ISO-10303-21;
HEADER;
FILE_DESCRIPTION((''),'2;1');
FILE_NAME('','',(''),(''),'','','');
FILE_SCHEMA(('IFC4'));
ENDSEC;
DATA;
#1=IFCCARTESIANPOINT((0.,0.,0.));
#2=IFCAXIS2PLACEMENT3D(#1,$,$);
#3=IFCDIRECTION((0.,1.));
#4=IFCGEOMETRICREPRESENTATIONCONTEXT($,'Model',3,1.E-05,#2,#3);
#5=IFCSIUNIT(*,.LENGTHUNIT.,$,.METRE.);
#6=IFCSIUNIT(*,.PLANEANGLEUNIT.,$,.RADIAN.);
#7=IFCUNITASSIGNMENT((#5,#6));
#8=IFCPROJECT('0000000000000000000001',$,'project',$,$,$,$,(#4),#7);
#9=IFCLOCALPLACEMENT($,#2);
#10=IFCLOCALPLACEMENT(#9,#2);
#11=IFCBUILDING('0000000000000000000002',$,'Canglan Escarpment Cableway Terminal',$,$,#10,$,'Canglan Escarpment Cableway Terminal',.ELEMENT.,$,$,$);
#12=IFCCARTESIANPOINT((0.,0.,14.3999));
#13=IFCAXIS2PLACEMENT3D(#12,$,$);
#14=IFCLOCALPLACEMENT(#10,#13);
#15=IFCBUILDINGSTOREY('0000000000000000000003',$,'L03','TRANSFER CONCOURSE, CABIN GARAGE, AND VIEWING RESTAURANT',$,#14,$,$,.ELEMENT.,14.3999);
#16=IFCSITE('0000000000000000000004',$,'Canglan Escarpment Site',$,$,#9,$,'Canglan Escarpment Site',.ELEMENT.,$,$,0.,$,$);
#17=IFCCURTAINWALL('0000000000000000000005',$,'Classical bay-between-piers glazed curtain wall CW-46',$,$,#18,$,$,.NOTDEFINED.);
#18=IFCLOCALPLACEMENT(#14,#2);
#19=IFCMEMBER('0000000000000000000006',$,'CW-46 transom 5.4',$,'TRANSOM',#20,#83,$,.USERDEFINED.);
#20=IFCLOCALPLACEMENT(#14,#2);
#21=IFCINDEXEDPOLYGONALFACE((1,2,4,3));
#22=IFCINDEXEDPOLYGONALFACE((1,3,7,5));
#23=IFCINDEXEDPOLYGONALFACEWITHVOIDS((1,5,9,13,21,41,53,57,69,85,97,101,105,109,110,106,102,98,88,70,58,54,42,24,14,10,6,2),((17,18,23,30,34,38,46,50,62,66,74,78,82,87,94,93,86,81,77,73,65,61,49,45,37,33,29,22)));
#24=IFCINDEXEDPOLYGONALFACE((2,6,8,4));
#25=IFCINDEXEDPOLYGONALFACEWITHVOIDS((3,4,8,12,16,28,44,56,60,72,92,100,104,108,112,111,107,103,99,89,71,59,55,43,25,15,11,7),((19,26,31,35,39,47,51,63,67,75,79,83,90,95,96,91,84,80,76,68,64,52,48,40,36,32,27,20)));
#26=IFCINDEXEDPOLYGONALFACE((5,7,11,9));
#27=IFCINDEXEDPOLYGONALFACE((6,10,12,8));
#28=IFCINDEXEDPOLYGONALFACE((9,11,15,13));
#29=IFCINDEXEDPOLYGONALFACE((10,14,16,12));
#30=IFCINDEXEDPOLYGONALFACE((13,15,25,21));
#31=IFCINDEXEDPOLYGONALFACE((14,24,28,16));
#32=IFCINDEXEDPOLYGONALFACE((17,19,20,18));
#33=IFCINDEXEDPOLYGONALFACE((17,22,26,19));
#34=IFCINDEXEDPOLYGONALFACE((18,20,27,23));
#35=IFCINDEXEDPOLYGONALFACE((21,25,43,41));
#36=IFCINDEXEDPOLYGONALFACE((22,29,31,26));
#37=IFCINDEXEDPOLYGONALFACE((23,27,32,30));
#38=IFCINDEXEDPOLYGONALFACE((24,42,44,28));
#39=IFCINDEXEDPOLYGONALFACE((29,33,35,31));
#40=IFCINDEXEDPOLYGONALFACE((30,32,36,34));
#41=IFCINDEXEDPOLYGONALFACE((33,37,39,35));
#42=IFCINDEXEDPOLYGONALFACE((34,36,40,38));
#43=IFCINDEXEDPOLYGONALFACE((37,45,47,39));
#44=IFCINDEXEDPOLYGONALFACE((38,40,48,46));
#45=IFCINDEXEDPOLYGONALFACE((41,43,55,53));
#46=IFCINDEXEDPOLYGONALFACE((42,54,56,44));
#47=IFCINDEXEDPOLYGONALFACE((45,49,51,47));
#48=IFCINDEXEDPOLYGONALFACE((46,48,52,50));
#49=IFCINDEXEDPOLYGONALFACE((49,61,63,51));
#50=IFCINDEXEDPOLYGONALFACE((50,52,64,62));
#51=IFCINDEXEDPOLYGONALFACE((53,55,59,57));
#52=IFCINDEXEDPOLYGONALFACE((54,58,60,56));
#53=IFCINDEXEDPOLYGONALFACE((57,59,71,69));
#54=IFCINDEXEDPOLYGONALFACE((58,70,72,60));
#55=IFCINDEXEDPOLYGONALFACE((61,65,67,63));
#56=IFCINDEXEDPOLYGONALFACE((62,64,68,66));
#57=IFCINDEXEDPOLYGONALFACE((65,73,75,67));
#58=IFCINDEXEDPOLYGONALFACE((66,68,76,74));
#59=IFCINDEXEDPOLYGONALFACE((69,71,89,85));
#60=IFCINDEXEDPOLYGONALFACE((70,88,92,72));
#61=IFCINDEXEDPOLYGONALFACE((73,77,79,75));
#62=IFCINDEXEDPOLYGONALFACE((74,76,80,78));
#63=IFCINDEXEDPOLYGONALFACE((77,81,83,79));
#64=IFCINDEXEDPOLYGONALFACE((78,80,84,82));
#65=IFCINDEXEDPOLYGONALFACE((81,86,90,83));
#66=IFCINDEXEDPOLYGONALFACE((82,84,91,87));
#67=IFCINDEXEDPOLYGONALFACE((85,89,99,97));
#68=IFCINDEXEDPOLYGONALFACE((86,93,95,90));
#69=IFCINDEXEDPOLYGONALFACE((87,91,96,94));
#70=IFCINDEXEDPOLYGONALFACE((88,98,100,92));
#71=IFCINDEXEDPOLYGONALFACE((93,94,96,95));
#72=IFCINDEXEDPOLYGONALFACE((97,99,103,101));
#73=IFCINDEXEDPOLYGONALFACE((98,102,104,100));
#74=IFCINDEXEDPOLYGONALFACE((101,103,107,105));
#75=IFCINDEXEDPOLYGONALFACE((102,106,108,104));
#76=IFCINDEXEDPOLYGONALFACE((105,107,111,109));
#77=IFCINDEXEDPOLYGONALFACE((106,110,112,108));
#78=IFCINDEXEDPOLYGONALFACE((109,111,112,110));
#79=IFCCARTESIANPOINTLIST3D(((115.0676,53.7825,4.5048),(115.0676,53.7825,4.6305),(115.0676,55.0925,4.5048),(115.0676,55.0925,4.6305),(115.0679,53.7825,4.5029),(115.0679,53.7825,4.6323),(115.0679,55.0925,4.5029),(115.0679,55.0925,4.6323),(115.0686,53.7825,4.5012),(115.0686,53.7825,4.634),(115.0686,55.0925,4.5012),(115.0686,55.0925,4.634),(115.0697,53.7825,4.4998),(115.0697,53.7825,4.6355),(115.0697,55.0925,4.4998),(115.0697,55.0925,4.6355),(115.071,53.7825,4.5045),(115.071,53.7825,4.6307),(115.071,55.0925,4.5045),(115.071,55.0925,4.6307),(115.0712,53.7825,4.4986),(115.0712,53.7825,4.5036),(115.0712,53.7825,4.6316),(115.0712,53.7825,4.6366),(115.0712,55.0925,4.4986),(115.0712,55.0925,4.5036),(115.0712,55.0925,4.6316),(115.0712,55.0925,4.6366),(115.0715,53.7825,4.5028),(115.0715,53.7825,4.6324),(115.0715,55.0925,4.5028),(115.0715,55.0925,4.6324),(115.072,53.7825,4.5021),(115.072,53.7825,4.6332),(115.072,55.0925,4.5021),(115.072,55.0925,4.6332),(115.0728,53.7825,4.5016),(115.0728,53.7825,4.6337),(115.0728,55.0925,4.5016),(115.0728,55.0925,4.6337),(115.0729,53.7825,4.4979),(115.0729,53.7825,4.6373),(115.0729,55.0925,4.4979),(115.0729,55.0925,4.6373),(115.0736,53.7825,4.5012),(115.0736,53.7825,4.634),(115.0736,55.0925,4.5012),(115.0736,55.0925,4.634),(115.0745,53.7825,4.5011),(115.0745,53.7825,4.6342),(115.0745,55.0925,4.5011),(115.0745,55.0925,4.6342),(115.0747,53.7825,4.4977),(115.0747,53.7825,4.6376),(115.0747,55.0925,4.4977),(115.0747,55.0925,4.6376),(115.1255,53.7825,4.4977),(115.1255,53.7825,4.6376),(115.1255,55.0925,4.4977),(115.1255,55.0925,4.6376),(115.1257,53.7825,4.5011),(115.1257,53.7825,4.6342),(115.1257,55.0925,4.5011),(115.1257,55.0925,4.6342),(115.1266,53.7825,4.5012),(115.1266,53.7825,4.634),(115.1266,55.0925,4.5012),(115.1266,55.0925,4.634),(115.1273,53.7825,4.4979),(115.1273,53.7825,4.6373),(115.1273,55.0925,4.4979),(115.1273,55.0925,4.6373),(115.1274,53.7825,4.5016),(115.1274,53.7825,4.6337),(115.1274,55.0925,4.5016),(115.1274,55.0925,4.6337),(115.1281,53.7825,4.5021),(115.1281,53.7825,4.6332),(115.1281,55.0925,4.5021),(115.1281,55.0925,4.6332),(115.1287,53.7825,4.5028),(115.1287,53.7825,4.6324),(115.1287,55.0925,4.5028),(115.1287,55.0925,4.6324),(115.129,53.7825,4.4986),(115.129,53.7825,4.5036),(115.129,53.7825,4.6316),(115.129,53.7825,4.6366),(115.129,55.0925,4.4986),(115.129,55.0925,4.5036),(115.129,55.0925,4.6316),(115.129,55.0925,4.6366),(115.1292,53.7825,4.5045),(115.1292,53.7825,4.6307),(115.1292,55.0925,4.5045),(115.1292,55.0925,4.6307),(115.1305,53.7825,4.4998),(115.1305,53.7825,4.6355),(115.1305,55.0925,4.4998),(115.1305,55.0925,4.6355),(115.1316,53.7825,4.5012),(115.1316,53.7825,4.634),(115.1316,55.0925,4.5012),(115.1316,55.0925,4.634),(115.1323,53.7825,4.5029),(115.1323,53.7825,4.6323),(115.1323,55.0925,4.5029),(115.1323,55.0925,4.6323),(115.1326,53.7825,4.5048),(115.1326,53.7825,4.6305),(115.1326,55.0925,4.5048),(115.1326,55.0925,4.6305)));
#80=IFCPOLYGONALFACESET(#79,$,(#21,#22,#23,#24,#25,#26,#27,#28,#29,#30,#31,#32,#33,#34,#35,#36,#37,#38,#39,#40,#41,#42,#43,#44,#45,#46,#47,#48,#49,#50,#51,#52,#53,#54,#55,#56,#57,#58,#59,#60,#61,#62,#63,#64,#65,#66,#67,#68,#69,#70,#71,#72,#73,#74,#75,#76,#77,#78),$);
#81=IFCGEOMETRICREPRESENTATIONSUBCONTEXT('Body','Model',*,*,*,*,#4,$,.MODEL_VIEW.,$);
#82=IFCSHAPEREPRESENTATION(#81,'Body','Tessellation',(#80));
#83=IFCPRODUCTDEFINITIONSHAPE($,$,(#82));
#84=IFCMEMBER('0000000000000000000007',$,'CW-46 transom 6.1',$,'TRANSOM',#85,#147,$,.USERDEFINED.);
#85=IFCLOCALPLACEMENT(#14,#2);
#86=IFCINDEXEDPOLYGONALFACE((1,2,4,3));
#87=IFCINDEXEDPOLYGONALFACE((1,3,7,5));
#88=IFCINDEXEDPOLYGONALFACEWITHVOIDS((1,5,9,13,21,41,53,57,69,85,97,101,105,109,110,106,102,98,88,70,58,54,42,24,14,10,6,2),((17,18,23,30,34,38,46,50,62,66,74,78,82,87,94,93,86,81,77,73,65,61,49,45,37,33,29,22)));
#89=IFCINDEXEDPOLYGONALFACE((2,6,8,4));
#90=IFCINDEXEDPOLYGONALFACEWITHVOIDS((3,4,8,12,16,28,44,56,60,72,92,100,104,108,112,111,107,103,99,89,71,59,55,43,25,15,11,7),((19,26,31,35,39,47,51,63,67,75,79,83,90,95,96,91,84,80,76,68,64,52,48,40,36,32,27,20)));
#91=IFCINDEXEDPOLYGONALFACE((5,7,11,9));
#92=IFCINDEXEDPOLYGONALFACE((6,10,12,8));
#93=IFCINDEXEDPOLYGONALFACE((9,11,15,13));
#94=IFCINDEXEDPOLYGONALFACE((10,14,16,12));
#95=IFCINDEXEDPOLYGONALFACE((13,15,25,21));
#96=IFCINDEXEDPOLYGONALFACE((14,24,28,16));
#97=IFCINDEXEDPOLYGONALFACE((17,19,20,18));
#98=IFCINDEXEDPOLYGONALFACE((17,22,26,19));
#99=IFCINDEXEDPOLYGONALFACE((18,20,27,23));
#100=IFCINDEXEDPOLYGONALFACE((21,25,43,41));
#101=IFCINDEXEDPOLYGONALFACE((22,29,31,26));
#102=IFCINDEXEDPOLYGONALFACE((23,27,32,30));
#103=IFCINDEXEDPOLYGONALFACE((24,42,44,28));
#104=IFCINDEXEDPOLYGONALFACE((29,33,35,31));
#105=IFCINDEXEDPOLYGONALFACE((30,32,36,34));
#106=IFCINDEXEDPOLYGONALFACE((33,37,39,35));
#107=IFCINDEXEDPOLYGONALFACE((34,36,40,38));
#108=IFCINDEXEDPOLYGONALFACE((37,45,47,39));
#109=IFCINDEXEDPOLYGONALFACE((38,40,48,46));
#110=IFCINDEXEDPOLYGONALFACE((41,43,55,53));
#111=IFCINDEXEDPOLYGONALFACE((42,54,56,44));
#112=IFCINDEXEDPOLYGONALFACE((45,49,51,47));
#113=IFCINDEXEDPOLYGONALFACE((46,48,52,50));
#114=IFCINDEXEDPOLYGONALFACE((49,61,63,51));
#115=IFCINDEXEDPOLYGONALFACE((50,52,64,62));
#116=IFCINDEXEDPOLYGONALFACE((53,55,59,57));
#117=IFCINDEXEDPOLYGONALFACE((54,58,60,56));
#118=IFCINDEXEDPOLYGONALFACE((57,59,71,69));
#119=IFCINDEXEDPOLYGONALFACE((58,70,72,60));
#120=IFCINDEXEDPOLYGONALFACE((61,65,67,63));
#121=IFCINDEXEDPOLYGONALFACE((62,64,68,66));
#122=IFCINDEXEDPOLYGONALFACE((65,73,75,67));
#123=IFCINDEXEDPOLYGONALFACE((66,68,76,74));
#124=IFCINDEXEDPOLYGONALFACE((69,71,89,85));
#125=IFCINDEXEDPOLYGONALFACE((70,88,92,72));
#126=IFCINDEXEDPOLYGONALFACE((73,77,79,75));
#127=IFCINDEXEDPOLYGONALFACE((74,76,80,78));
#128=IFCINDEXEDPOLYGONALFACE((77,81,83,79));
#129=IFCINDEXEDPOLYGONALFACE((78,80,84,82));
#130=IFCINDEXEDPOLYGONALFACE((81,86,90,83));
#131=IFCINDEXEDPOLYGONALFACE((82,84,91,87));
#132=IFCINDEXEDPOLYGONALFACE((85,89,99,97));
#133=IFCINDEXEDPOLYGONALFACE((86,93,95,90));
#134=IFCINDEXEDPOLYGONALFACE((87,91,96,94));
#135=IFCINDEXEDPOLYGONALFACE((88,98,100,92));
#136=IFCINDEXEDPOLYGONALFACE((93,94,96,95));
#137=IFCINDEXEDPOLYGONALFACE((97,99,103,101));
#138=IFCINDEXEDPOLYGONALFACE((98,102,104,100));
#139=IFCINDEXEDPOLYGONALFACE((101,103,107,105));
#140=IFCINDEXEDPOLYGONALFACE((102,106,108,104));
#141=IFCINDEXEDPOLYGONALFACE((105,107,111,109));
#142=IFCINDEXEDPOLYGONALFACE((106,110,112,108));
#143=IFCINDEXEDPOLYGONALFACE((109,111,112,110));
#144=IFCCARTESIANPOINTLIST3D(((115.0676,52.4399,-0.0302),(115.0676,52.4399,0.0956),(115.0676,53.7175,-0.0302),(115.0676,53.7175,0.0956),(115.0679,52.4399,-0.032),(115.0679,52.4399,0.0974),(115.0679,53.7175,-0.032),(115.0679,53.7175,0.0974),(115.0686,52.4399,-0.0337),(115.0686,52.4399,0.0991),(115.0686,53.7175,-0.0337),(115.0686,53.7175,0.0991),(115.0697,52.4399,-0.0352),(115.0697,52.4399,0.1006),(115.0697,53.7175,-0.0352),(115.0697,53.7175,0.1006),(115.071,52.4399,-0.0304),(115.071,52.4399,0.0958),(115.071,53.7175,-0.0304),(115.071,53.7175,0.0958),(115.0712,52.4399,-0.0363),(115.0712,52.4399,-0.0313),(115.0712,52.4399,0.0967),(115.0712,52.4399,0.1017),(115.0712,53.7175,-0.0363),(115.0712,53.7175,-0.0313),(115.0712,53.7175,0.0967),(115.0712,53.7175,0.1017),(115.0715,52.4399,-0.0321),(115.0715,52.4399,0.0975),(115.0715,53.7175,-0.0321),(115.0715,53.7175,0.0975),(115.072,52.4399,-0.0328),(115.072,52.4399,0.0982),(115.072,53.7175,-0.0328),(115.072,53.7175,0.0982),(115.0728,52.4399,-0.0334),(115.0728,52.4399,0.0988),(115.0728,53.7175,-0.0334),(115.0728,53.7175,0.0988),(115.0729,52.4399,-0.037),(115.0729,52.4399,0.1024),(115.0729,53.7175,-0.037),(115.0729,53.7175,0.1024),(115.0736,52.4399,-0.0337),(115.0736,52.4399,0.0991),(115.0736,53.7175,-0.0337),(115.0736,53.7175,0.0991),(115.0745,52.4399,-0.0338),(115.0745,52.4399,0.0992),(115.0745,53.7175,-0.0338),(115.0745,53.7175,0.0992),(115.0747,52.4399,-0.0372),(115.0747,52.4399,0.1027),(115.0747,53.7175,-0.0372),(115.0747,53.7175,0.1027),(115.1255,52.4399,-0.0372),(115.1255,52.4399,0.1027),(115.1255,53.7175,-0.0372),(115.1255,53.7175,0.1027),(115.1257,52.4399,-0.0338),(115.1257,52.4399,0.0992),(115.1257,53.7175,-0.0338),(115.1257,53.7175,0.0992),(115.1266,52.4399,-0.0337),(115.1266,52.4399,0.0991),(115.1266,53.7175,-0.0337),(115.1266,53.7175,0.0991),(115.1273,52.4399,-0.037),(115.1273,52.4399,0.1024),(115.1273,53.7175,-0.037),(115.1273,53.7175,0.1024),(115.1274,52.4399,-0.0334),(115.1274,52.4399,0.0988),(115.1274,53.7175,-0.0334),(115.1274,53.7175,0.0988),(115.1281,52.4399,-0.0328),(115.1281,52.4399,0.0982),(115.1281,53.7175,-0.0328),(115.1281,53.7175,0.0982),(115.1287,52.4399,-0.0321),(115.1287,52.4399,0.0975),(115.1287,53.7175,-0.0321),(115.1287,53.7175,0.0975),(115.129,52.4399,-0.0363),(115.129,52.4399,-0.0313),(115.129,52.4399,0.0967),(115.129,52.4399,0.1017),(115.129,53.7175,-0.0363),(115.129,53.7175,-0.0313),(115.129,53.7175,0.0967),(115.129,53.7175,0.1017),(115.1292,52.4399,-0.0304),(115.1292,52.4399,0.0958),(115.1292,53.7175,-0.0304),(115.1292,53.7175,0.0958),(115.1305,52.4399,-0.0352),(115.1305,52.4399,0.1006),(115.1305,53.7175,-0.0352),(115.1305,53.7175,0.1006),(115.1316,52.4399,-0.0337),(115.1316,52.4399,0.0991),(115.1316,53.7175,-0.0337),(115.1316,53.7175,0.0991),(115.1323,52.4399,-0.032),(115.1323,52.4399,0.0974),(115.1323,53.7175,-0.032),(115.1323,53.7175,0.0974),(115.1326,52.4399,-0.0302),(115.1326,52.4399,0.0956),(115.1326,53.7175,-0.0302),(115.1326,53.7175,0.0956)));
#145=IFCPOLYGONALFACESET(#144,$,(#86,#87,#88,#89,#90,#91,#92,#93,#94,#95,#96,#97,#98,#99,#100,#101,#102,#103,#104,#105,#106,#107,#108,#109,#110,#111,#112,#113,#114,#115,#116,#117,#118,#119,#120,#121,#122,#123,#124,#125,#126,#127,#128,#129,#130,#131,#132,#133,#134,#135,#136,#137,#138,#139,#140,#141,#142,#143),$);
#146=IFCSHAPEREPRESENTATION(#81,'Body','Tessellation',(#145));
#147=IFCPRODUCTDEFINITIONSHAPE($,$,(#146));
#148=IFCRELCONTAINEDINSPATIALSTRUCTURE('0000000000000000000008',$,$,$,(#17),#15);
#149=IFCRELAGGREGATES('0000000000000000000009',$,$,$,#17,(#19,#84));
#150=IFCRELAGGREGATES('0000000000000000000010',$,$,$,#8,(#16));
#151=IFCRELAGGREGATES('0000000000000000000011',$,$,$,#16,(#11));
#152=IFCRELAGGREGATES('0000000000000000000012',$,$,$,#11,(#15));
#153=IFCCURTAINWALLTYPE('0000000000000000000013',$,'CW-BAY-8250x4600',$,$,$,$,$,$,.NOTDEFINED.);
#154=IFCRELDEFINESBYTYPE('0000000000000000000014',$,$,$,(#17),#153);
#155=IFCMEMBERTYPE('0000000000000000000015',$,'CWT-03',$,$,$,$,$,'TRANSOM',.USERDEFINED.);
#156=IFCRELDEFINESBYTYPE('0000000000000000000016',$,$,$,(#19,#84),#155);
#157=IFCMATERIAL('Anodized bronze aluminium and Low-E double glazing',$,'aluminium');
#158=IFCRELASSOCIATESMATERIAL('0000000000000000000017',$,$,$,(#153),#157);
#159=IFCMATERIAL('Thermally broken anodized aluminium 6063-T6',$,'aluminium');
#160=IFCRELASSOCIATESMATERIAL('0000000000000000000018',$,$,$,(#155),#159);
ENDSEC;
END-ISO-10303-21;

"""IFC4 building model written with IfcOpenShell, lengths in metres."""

from ifc_helpers import new_model, si_unit, direction, frame, origin, origin_2d, place, context, subcontext, project, spatial, hollow_rectangle, extrude, material, material_profile, profile_set, type_object, element, aggregate, save


model = new_model("IFC4")

# Units and contexts
model_context = context("Model", 3, precision=1e-05, world=origin(), true_north=direction((0.0, 1.0)))
body_context = subcontext(model_context, "Body", "Model", "MODEL_VIEW")
ifc_project = project(units=[si_unit("LENGTHUNIT", "METRE"), si_unit("PLANEANGLEUNIT", "RADIAN")], contexts=[model_context])

# Site, building, storey
site_placement = place(None, origin())
site = spatial("IfcSite", under=ifc_project, at=site_placement, Name="Canglan Escarpment Site", LongName="Canglan Escarpment Site", CompositionType="ELEMENT", RefElevation=0.0)
building_placement = place(site_placement, origin())
building = spatial("IfcBuilding", under=site, at=building_placement, Name="Canglan Escarpment Cableway Terminal", LongName="Canglan Escarpment Cableway Terminal", CompositionType="ELEMENT")
storey_placement = place(building_placement, frame((0.0, 0.0, 14.3999)))
storey = spatial("IfcBuildingStorey", under=building, at=storey_placement, Name="L03", Description="TRANSFER CONCOURSE, CABIN GARAGE, AND VIEWING RESTAURANT", CompositionType="ELEMENT", Elevation=14.3999)

# Curtain wall, members
ifc_material_1 = material(Name="Anodized bronze aluminium and Low-E double glazing", Category="aluminium")
curtain_wall_type = type_object("IfcCurtainWallType", Name="CW-BAY-8250x4600", PredefinedType="NOTDEFINED", material=ifc_material_1)
curtain_wall_placement = place(storey_placement, origin())
curtain_wall = element("IfcCurtainWall", 1, at=curtain_wall_placement, inside=storey, type_object=curtain_wall_type, Name="Classical bay-between-piers glazed curtain wall CW-46", PredefinedType="NOTDEFINED")
ifc_material_2 = material(Name="Thermally broken anodized aluminium 6063-T6", Category="aluminium")
ifc_material_profile_1 = material_profile(ifc_material_2, hollow_rectangle(XDim=0.0649, YDim=0.1399, WallThickness=0.0034, InnerFilletRadius=0.0034, OuterFilletRadius=0.0071, at=origin_2d()), Name="ALU-TRAN 65x140x3.5")
ifc_profile_set_1 = profile_set([ifc_material_profile_1], Name="Thermally broken anodized aluminium 6063-T6")
member_type_1 = type_object("IfcMemberType", Name="CWT-03", ElementType="TRANSOM", PredefinedType="USERDEFINED", material=ifc_profile_set_1)
member_1_placement = place(storey_placement, frame((115.1001, 55.0925, 4.5676), z_axis=(0.0, -1.0, 0.0), x_axis=(1.0, 0.0, 0.0)))
member_1 = element("IfcMember", 2, at=member_1_placement, type_object=member_type_1, Name="CW-46 transom 5.4", ObjectType="TRANSOM", PredefinedType="USERDEFINED", context=body_context, shape_type="SweptSolid", body=[
    extrude(hollow_rectangle(XDim=0.0649, YDim=0.1399, WallThickness=0.0034, InnerFilletRadius=0.0034, OuterFilletRadius=0.0071, at=origin_2d()), origin(), (0.0, 0.0, 1.0), 1.3101),
])
member_2_placement = place(storey_placement, frame((115.1001, 53.7175, 0.0327), z_axis=(0.0, -1.0, 0.0), x_axis=(1.0, 0.0, 0.0)))
member_2 = element("IfcMember", 3, at=member_2_placement, type_object=member_type_1, Name="CW-46 transom 6.1", ObjectType="TRANSOM", PredefinedType="USERDEFINED", context=body_context, shape_type="SweptSolid", body=[
    extrude(hollow_rectangle(XDim=0.0649, YDim=0.1399, WallThickness=0.0034, InnerFilletRadius=0.0034, OuterFilletRadius=0.0071, at=origin_2d()), origin(), (0.0, 0.0, 1.0), 1.2776),
])

aggregate(curtain_wall, [member_1, member_2])

save(model, "model.ifc")
